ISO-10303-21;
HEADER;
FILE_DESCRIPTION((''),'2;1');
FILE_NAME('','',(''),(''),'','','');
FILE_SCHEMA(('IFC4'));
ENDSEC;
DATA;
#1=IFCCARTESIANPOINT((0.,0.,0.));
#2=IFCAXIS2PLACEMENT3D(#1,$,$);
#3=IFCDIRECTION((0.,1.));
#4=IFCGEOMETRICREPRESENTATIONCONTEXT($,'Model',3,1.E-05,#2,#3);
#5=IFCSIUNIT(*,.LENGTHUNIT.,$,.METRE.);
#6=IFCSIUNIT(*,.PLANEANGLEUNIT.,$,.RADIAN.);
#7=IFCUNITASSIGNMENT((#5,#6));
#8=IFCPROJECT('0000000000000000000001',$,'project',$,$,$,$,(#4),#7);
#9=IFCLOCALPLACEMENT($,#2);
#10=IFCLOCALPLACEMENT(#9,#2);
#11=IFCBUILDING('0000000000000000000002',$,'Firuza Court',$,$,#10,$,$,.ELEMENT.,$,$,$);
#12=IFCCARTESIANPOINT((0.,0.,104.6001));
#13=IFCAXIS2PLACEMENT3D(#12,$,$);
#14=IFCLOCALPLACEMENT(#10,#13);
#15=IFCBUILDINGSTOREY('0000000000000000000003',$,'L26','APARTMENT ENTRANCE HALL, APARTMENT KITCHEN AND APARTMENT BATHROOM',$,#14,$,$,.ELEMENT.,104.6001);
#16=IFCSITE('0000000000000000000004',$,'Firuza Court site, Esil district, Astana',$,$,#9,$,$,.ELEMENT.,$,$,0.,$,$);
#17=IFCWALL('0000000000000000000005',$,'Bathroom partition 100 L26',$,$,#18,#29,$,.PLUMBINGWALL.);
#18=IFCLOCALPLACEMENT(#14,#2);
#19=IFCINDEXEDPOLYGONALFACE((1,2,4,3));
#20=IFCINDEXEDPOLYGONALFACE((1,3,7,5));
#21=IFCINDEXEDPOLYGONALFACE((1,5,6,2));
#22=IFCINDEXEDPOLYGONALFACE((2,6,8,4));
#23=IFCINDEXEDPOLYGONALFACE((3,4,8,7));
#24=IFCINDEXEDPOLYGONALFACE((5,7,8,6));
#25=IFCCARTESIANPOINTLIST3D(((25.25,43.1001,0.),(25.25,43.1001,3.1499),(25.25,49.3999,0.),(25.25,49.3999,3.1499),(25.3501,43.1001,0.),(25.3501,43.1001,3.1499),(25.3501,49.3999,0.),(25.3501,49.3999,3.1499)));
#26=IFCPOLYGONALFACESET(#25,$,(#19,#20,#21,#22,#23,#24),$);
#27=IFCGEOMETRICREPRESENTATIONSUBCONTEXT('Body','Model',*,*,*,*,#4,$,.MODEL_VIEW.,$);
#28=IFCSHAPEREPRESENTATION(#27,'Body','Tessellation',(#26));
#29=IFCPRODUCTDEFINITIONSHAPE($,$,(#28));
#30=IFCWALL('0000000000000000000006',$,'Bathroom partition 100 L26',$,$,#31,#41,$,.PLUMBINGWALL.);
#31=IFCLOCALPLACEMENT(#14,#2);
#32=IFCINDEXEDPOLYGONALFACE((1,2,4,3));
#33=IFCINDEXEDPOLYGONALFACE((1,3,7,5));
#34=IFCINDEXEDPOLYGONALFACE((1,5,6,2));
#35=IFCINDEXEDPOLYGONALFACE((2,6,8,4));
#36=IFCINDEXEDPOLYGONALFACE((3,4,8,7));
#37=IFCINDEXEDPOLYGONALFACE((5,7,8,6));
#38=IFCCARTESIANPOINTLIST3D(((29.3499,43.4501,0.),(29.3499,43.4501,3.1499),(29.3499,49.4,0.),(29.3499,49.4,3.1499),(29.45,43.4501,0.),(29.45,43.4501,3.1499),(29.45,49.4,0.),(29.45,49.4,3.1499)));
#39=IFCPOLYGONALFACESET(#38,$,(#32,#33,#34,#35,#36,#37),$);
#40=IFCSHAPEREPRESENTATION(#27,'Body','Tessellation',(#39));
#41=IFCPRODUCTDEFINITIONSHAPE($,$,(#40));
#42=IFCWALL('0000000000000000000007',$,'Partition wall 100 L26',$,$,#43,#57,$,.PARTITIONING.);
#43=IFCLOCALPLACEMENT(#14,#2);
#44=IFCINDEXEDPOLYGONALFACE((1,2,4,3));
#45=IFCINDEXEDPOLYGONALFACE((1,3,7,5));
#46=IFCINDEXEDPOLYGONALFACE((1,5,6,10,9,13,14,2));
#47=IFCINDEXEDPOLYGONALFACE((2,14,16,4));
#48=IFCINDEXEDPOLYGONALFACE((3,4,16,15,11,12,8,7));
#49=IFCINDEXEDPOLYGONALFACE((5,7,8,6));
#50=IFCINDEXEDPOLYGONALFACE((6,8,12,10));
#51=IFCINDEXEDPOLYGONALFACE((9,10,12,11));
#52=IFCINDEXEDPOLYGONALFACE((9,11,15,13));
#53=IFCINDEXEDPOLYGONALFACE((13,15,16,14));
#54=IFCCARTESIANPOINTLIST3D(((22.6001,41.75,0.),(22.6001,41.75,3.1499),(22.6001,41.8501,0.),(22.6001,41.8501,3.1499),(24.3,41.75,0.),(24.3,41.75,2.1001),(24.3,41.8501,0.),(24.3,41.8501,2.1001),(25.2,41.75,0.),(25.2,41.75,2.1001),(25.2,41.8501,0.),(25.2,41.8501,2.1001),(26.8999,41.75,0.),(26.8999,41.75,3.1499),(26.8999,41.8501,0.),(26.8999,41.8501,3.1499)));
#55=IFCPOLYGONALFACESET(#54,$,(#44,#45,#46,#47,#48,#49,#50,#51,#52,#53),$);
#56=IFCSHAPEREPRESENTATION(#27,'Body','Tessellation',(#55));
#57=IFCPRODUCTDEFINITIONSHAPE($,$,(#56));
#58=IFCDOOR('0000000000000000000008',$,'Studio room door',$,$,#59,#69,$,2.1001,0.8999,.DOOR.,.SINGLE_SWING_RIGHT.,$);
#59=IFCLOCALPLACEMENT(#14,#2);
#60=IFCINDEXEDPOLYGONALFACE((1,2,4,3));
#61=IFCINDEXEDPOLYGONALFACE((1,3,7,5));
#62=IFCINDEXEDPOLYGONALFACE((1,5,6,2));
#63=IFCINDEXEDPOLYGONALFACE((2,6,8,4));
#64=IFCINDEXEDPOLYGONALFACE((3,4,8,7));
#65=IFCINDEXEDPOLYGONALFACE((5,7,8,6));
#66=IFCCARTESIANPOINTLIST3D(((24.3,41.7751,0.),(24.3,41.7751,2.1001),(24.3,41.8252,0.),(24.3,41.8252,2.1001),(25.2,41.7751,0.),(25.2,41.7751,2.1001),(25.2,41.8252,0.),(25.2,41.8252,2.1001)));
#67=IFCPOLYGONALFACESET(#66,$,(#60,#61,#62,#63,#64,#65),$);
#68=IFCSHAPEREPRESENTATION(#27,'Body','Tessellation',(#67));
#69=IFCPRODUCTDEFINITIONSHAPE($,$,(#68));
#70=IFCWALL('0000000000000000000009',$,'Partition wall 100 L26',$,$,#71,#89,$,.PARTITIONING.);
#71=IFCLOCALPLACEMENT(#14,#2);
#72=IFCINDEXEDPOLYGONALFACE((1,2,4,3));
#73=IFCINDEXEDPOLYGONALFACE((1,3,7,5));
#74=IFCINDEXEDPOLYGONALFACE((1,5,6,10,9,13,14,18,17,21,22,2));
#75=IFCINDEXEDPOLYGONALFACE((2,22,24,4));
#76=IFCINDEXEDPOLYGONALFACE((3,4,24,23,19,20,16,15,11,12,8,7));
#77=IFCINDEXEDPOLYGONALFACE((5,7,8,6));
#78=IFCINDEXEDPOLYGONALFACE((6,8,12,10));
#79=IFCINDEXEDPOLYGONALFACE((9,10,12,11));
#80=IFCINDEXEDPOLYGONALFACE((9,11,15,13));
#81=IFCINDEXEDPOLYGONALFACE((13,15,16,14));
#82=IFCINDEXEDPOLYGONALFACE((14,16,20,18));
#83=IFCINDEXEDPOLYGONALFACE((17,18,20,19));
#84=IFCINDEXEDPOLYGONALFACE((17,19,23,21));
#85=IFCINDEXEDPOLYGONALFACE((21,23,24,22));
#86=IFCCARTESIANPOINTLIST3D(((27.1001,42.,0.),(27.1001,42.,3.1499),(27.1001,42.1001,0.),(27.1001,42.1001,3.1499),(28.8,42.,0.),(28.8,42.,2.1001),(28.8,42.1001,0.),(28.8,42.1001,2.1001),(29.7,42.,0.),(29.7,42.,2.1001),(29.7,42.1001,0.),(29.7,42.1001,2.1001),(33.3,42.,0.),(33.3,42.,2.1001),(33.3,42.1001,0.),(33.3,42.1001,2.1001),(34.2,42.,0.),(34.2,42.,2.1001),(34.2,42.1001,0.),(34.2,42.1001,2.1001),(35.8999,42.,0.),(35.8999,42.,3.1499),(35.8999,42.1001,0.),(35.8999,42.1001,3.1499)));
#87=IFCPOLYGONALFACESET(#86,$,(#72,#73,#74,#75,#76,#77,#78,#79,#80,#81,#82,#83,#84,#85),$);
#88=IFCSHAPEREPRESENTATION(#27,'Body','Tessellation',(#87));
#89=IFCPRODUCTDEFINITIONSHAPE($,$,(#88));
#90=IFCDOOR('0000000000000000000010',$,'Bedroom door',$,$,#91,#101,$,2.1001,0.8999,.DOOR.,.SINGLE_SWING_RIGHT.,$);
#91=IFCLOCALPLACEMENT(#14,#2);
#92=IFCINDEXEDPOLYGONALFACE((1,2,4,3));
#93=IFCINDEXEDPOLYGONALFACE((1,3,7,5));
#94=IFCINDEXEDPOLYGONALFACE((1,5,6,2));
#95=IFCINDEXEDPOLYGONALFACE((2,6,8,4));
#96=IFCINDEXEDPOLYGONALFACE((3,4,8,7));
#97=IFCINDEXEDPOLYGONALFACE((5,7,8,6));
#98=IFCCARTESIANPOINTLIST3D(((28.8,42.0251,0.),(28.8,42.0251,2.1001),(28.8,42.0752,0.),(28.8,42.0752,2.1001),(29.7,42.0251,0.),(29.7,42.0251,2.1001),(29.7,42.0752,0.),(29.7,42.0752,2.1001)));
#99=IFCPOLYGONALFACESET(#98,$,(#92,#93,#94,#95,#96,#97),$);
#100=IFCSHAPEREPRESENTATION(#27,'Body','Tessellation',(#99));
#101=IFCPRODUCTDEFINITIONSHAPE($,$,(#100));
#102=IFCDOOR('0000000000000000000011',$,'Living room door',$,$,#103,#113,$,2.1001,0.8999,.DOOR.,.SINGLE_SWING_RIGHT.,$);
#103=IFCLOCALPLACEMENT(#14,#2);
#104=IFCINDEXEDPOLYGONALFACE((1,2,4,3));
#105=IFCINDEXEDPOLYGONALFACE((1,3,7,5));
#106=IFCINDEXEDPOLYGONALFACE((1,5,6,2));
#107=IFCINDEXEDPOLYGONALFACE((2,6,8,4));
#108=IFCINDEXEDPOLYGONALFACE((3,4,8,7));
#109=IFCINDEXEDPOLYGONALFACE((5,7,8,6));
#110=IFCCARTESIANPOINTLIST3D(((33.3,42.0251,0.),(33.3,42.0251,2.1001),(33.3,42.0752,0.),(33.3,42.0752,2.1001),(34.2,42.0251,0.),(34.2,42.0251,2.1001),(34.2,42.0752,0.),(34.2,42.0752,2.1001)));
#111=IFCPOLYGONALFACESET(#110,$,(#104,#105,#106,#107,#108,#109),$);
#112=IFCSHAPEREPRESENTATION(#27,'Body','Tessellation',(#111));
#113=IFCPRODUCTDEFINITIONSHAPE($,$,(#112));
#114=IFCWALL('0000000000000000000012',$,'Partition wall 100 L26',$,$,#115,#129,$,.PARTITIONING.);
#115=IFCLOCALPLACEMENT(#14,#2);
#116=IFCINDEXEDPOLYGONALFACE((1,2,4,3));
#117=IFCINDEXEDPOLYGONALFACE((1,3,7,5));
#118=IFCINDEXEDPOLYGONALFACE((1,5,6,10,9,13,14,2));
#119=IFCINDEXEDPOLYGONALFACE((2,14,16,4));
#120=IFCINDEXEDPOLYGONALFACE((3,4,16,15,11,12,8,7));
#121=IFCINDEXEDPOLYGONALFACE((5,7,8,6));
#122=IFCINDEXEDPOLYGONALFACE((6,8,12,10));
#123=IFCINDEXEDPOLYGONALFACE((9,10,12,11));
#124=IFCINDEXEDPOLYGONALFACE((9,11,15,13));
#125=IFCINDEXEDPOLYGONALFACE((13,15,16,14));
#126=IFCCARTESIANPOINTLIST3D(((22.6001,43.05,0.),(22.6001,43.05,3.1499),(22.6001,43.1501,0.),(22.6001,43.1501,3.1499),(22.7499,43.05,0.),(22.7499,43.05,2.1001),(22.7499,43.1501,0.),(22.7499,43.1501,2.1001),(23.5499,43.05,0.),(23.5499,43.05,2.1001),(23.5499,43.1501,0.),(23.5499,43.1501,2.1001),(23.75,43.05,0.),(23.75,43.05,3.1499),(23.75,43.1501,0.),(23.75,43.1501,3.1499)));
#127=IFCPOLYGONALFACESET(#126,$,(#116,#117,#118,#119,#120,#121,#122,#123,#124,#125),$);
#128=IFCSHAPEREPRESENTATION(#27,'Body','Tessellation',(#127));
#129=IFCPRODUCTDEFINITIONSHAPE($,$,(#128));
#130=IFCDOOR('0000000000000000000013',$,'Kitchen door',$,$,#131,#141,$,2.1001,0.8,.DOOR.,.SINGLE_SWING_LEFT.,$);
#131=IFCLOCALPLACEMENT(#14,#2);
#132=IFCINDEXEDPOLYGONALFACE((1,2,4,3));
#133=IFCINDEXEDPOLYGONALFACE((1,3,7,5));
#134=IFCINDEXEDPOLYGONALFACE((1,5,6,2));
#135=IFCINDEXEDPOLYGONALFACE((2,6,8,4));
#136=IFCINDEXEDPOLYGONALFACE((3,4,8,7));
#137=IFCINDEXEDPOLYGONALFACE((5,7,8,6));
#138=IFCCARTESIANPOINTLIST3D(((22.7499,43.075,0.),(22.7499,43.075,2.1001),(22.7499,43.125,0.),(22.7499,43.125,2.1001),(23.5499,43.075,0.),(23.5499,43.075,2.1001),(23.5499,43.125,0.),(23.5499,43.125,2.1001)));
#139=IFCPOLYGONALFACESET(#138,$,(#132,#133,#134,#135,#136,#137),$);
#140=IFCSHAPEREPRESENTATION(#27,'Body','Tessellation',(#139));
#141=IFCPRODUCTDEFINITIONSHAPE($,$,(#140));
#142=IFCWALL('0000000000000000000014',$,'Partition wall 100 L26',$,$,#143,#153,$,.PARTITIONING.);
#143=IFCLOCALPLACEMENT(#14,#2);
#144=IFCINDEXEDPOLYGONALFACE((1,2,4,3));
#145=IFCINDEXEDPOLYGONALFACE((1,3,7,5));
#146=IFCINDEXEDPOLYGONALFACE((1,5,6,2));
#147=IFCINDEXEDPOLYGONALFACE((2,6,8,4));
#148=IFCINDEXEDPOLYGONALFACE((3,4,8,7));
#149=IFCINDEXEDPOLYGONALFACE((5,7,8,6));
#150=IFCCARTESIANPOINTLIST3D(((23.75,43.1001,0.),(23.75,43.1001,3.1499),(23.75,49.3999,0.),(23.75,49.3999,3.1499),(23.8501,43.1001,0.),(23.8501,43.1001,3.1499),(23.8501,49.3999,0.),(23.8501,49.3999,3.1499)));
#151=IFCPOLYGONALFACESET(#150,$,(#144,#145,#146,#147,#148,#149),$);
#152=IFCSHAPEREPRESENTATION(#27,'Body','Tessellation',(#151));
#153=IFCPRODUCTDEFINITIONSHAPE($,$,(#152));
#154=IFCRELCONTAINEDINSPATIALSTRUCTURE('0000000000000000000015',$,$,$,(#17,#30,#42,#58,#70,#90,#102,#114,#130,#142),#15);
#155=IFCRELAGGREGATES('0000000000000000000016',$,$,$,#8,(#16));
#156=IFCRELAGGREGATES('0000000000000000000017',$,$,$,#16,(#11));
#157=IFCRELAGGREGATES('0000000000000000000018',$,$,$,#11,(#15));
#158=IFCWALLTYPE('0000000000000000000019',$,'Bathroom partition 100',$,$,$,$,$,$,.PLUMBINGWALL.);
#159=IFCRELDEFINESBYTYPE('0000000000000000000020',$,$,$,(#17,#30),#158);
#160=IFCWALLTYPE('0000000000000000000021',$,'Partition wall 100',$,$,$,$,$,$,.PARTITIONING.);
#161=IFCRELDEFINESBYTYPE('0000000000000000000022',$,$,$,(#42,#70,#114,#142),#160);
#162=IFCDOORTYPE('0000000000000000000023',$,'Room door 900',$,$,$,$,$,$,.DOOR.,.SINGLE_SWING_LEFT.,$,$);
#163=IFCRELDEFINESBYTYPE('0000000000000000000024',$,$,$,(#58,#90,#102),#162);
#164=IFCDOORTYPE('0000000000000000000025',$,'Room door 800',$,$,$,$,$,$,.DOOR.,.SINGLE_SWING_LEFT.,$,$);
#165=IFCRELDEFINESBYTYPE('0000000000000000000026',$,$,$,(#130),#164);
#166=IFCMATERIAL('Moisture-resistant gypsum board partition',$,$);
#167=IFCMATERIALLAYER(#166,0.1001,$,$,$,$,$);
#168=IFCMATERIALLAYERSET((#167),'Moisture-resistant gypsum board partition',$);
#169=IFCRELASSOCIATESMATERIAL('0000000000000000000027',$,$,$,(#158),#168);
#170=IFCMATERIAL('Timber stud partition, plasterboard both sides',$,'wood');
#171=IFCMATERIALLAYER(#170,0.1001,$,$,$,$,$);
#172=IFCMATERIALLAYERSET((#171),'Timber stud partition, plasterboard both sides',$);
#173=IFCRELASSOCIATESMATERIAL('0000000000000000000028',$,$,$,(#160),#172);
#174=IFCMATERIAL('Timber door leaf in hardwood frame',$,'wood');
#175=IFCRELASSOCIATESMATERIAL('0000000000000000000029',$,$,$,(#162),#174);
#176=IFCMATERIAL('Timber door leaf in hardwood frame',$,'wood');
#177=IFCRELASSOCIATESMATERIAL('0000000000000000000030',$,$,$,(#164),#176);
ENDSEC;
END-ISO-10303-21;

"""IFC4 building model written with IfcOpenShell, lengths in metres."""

from ifc_helpers import new_model, si_unit, direction, frame, frame_2d, origin, place, context, subcontext, project, spatial, rectangle, extrude, material, layer, layer_set, type_object, element, fill, save


model = new_model("IFC4")

# Units and contexts
model_context = context("Model", 3, precision=1e-05, world=origin(), true_north=direction((0.0, 1.0)))
body_context = subcontext(model_context, "Body", "Model", "MODEL_VIEW")
ifc_project = project(units=[si_unit("LENGTHUNIT", "METRE"), si_unit("PLANEANGLEUNIT", "RADIAN")], contexts=[model_context])

# Site, building, storey
site_placement = place(None, origin())
site = spatial("IfcSite", under=ifc_project, at=site_placement, Name="Firuza Court site, Esil district, Astana", CompositionType="ELEMENT", RefElevation=0.0)
building_placement = place(site_placement, origin())
building = spatial("IfcBuilding", under=site, at=building_placement, Name="Firuza Court", CompositionType="ELEMENT")
storey_placement = place(building_placement, frame((0.0, 0.0, 104.6001)))
storey = spatial("IfcBuildingStorey", under=building, at=storey_placement, Name="L26", Description="APARTMENT ENTRANCE HALL, APARTMENT KITCHEN AND APARTMENT BATHROOM", CompositionType="ELEMENT", Elevation=104.6001)

# Walls
ifc_material_1 = material(Name="Moisture-resistant gypsum board partition")
ifc_layer_1 = layer(ifc_material_1, 0.1001)
ifc_layer_set_1 = layer_set([ifc_layer_1], Name="Moisture-resistant gypsum board partition")
wall_type_1 = type_object("IfcWallType", Name="Bathroom partition 100", PredefinedType="PLUMBINGWALL", material=ifc_layer_set_1)
wall_1_placement = place(storey_placement, frame((25.3, 43.1001, 0.0), z_axis=(0.0, 0.0, 1.0), x_axis=(0.0, 1.0, 0.0)))
element("IfcWall", 1, at=wall_1_placement, inside=storey, type_object=wall_type_1, Name="Bathroom partition 100 L26", PredefinedType="PLUMBINGWALL", context=body_context, shape_type="SweptSolid", body=[
    extrude(rectangle(XDim=6.2998, YDim=0.1001, at=frame_2d((3.1499, 0.0))), origin(), (0.0, 0.0, 1.0), 3.1499),
])
wall_2_placement = place(storey_placement, frame((29.3999, 43.45, 0.0), z_axis=(0.0, 0.0, 1.0), x_axis=(0.0, 1.0, 0.0)))
element("IfcWall", 2, at=wall_2_placement, inside=storey, type_object=wall_type_1, Name="Bathroom partition 100 L26", PredefinedType="PLUMBINGWALL", context=body_context, shape_type="SweptSolid", body=[
    extrude(rectangle(XDim=5.95, YDim=0.1001, at=frame_2d((2.9751, 0.0))), origin(), (0.0, 0.0, 1.0), 3.1499),
])

# Wall, opening, door
ifc_material_2 = material(Name="Timber stud partition, plasterboard both sides", Category="wood")
ifc_layer_2 = layer(ifc_material_2, 0.1001)
ifc_layer_set_2 = layer_set([ifc_layer_2], Name="Timber stud partition, plasterboard both sides")
wall_type_2 = type_object("IfcWallType", Name="Partition wall 100", PredefinedType="PARTITIONING", material=ifc_layer_set_2)
wall_3_placement = place(storey_placement, frame((22.6001, 41.8, 0.0), z_axis=(0.0, 0.0, 1.0), x_axis=(1.0, 0.0, 0.0)))
wall_3 = element("IfcWall", 3, at=wall_3_placement, inside=storey, type_object=wall_type_2, Name="Partition wall 100 L26", PredefinedType="PARTITIONING", context=body_context, shape_type="SweptSolid", body=[
    extrude(rectangle(XDim=4.2998, YDim=0.1001, at=frame_2d((2.1499, 0.0))), origin(), (0.0, 0.0, 1.0), 3.1499),
])
opening_1_placement = place(wall_3_placement, frame((1.7, 0.0, 0.0)))
opening_1 = element("IfcOpeningElement", 4, at=opening_1_placement, cuts=wall_3, PredefinedType="OPENING", context=body_context, shape_type="SweptSolid", body=[
    extrude(rectangle(XDim=0.8999, YDim=2.1001, at=frame_2d((0.45, 1.05))), frame((0.0, 0.062, 0.0), z_axis=(0.0, -1.0, 0.0), x_axis=(1.0, 0.0, 0.0)), (0.0, 0.0, 1.0), 0.124),
])
ifc_material_3 = material(Name="Timber door leaf in hardwood frame", Category="wood")
door_type_1 = type_object("IfcDoorType", Name="Room door 900", OperationType="SINGLE_SWING_LEFT", PredefinedType="DOOR", material=ifc_material_3)
door_1_placement = place(opening_1_placement, frame((0.8999, 0.0, 0.0), z_axis=(0.0, 0.0, 1.0), x_axis=(-1.0, 0.0, 0.0)))
door_1 = element("IfcDoor", 5, at=door_1_placement, inside=storey, type_object=door_type_1, Name="Studio room door", OperationType="SINGLE_SWING_RIGHT", OverallHeight=2.1001, OverallWidth=0.8999, PredefinedType="DOOR", context=body_context, shape_type="SweptSolid", body=[
    extrude(rectangle(XDim=0.8999, YDim=2.1001, at=frame_2d((0.45, 1.05))), frame((0.0, 0.0249, 0.0), z_axis=(0.0, -1.0, 0.0), x_axis=(1.0, 0.0, 0.0)), (0.0, 0.0, 1.0), 0.05),
])
fill(opening_1, door_1)

# Wall, openings, doors
wall_4_placement = place(storey_placement, frame((27.1001, 42.05, 0.0), z_axis=(0.0, 0.0, 1.0), x_axis=(1.0, 0.0, 0.0)))
wall_4 = element("IfcWall", 6, at=wall_4_placement, inside=storey, type_object=wall_type_2, Name="Partition wall 100 L26", PredefinedType="PARTITIONING", context=body_context, shape_type="SweptSolid", body=[
    extrude(rectangle(XDim=8.7998, YDim=0.1001, at=frame_2d((4.3999, 0.0))), origin(), (0.0, 0.0, 1.0), 3.1499),
])
opening_2_placement = place(wall_4_placement, frame((1.7, 0.0, 0.0)))
opening_2 = element("IfcOpeningElement", 7, at=opening_2_placement, cuts=wall_4, PredefinedType="OPENING", context=body_context, shape_type="SweptSolid", body=[
    extrude(rectangle(XDim=0.8999, YDim=2.1001, at=frame_2d((0.45, 1.05))), frame((0.0, 0.062, 0.0), z_axis=(0.0, -1.0, 0.0), x_axis=(1.0, 0.0, 0.0)), (0.0, 0.0, 1.0), 0.124),
])
opening_3_placement = place(wall_4_placement, frame((6.2, 0.0, 0.0)))
opening_3 = element("IfcOpeningElement", 8, at=opening_3_placement, cuts=wall_4, PredefinedType="OPENING", context=body_context, shape_type="SweptSolid", body=[
    extrude(rectangle(XDim=0.8999, YDim=2.1001, at=frame_2d((0.45, 1.05))), frame((0.0, 0.062, 0.0), z_axis=(0.0, -1.0, 0.0), x_axis=(1.0, 0.0, 0.0)), (0.0, 0.0, 1.0), 0.124),
])
door_2_placement = place(opening_2_placement, frame((0.8999, 0.0, 0.0), z_axis=(0.0, 0.0, 1.0), x_axis=(-1.0, 0.0, 0.0)))
door_2 = element("IfcDoor", 9, at=door_2_placement, inside=storey, type_object=door_type_1, Name="Bedroom door", OperationType="SINGLE_SWING_RIGHT", OverallHeight=2.1001, OverallWidth=0.8999, PredefinedType="DOOR", context=body_context, shape_type="SweptSolid", body=[
    extrude(rectangle(XDim=0.8999, YDim=2.1001, at=frame_2d((0.45, 1.05))), frame((0.0, 0.0249, 0.0), z_axis=(0.0, -1.0, 0.0), x_axis=(1.0, 0.0, 0.0)), (0.0, 0.0, 1.0), 0.05),
])
fill(opening_2, door_2)
door_3_placement = place(opening_3_placement, frame((0.8999, 0.0, 0.0), z_axis=(0.0, 0.0, 1.0), x_axis=(-1.0, 0.0, 0.0)))
door_3 = element("IfcDoor", 10, at=door_3_placement, inside=storey, type_object=door_type_1, Name="Living room door", OperationType="SINGLE_SWING_RIGHT", OverallHeight=2.1001, OverallWidth=0.8999, PredefinedType="DOOR", context=body_context, shape_type="SweptSolid", body=[
    extrude(rectangle(XDim=0.8999, YDim=2.1001, at=frame_2d((0.45, 1.05))), frame((0.0, 0.0249, 0.0), z_axis=(0.0, -1.0, 0.0), x_axis=(1.0, 0.0, 0.0)), (0.0, 0.0, 1.0), 0.05),
])
fill(opening_3, door_3)

# Wall, opening, door
wall_5_placement = place(storey_placement, frame((22.6001, 43.1001, 0.0), z_axis=(0.0, 0.0, 1.0), x_axis=(1.0, 0.0, 0.0)))
wall_5 = element("IfcWall", 11, at=wall_5_placement, inside=storey, type_object=wall_type_2, Name="Partition wall 100 L26", PredefinedType="PARTITIONING", context=body_context, shape_type="SweptSolid", body=[
    extrude(rectangle(XDim=1.1499, YDim=0.1001, at=frame_2d((0.575, 0.0))), origin(), (0.0, 0.0, 1.0), 3.1499),
])
opening_4_placement = place(wall_5_placement, frame((0.1499, 0.0, 0.0)))
opening_4 = element("IfcOpeningElement", 12, at=opening_4_placement, cuts=wall_5, PredefinedType="OPENING", context=body_context, shape_type="SweptSolid", body=[
    extrude(rectangle(XDim=0.8, YDim=2.1001, at=frame_2d((0.3999, 1.05))), frame((0.0, 0.062, 0.0), z_axis=(0.0, -1.0, 0.0), x_axis=(1.0, 0.0, 0.0)), (0.0, 0.0, 1.0), 0.124),
])
ifc_material_4 = material(Name="Timber door leaf in hardwood frame", Category="wood")
door_type_2 = type_object("IfcDoorType", Name="Room door 800", OperationType="SINGLE_SWING_LEFT", PredefinedType="DOOR", material=ifc_material_4)
door_4_placement = place(opening_4_placement, origin())
door_4 = element("IfcDoor", 13, at=door_4_placement, inside=storey, type_object=door_type_2, Name="Kitchen door", OperationType="SINGLE_SWING_LEFT", OverallHeight=2.1001, OverallWidth=0.8, PredefinedType="DOOR", context=body_context, shape_type="SweptSolid", body=[
    extrude(rectangle(XDim=0.8, YDim=2.1001, at=frame_2d((0.3999, 1.05))), frame((0.0, 0.0249, 0.0), z_axis=(0.0, -1.0, 0.0), x_axis=(1.0, 0.0, 0.0)), (0.0, 0.0, 1.0), 0.05),
])
fill(opening_4, door_4)

# Wall
wall_6_placement = place(storey_placement, frame((23.8, 43.1001, 0.0), z_axis=(0.0, 0.0, 1.0), x_axis=(0.0, 1.0, 0.0)))
element("IfcWall", 14, at=wall_6_placement, inside=storey, type_object=wall_type_2, Name="Partition wall 100 L26", PredefinedType="PARTITIONING", context=body_context, shape_type="SweptSolid", body=[
    extrude(rectangle(XDim=6.2998, YDim=0.1001, at=frame_2d((3.1499, 0.0))), origin(), (0.0, 0.0, 1.0), 3.1499),
])

save(model, "model.ifc")
